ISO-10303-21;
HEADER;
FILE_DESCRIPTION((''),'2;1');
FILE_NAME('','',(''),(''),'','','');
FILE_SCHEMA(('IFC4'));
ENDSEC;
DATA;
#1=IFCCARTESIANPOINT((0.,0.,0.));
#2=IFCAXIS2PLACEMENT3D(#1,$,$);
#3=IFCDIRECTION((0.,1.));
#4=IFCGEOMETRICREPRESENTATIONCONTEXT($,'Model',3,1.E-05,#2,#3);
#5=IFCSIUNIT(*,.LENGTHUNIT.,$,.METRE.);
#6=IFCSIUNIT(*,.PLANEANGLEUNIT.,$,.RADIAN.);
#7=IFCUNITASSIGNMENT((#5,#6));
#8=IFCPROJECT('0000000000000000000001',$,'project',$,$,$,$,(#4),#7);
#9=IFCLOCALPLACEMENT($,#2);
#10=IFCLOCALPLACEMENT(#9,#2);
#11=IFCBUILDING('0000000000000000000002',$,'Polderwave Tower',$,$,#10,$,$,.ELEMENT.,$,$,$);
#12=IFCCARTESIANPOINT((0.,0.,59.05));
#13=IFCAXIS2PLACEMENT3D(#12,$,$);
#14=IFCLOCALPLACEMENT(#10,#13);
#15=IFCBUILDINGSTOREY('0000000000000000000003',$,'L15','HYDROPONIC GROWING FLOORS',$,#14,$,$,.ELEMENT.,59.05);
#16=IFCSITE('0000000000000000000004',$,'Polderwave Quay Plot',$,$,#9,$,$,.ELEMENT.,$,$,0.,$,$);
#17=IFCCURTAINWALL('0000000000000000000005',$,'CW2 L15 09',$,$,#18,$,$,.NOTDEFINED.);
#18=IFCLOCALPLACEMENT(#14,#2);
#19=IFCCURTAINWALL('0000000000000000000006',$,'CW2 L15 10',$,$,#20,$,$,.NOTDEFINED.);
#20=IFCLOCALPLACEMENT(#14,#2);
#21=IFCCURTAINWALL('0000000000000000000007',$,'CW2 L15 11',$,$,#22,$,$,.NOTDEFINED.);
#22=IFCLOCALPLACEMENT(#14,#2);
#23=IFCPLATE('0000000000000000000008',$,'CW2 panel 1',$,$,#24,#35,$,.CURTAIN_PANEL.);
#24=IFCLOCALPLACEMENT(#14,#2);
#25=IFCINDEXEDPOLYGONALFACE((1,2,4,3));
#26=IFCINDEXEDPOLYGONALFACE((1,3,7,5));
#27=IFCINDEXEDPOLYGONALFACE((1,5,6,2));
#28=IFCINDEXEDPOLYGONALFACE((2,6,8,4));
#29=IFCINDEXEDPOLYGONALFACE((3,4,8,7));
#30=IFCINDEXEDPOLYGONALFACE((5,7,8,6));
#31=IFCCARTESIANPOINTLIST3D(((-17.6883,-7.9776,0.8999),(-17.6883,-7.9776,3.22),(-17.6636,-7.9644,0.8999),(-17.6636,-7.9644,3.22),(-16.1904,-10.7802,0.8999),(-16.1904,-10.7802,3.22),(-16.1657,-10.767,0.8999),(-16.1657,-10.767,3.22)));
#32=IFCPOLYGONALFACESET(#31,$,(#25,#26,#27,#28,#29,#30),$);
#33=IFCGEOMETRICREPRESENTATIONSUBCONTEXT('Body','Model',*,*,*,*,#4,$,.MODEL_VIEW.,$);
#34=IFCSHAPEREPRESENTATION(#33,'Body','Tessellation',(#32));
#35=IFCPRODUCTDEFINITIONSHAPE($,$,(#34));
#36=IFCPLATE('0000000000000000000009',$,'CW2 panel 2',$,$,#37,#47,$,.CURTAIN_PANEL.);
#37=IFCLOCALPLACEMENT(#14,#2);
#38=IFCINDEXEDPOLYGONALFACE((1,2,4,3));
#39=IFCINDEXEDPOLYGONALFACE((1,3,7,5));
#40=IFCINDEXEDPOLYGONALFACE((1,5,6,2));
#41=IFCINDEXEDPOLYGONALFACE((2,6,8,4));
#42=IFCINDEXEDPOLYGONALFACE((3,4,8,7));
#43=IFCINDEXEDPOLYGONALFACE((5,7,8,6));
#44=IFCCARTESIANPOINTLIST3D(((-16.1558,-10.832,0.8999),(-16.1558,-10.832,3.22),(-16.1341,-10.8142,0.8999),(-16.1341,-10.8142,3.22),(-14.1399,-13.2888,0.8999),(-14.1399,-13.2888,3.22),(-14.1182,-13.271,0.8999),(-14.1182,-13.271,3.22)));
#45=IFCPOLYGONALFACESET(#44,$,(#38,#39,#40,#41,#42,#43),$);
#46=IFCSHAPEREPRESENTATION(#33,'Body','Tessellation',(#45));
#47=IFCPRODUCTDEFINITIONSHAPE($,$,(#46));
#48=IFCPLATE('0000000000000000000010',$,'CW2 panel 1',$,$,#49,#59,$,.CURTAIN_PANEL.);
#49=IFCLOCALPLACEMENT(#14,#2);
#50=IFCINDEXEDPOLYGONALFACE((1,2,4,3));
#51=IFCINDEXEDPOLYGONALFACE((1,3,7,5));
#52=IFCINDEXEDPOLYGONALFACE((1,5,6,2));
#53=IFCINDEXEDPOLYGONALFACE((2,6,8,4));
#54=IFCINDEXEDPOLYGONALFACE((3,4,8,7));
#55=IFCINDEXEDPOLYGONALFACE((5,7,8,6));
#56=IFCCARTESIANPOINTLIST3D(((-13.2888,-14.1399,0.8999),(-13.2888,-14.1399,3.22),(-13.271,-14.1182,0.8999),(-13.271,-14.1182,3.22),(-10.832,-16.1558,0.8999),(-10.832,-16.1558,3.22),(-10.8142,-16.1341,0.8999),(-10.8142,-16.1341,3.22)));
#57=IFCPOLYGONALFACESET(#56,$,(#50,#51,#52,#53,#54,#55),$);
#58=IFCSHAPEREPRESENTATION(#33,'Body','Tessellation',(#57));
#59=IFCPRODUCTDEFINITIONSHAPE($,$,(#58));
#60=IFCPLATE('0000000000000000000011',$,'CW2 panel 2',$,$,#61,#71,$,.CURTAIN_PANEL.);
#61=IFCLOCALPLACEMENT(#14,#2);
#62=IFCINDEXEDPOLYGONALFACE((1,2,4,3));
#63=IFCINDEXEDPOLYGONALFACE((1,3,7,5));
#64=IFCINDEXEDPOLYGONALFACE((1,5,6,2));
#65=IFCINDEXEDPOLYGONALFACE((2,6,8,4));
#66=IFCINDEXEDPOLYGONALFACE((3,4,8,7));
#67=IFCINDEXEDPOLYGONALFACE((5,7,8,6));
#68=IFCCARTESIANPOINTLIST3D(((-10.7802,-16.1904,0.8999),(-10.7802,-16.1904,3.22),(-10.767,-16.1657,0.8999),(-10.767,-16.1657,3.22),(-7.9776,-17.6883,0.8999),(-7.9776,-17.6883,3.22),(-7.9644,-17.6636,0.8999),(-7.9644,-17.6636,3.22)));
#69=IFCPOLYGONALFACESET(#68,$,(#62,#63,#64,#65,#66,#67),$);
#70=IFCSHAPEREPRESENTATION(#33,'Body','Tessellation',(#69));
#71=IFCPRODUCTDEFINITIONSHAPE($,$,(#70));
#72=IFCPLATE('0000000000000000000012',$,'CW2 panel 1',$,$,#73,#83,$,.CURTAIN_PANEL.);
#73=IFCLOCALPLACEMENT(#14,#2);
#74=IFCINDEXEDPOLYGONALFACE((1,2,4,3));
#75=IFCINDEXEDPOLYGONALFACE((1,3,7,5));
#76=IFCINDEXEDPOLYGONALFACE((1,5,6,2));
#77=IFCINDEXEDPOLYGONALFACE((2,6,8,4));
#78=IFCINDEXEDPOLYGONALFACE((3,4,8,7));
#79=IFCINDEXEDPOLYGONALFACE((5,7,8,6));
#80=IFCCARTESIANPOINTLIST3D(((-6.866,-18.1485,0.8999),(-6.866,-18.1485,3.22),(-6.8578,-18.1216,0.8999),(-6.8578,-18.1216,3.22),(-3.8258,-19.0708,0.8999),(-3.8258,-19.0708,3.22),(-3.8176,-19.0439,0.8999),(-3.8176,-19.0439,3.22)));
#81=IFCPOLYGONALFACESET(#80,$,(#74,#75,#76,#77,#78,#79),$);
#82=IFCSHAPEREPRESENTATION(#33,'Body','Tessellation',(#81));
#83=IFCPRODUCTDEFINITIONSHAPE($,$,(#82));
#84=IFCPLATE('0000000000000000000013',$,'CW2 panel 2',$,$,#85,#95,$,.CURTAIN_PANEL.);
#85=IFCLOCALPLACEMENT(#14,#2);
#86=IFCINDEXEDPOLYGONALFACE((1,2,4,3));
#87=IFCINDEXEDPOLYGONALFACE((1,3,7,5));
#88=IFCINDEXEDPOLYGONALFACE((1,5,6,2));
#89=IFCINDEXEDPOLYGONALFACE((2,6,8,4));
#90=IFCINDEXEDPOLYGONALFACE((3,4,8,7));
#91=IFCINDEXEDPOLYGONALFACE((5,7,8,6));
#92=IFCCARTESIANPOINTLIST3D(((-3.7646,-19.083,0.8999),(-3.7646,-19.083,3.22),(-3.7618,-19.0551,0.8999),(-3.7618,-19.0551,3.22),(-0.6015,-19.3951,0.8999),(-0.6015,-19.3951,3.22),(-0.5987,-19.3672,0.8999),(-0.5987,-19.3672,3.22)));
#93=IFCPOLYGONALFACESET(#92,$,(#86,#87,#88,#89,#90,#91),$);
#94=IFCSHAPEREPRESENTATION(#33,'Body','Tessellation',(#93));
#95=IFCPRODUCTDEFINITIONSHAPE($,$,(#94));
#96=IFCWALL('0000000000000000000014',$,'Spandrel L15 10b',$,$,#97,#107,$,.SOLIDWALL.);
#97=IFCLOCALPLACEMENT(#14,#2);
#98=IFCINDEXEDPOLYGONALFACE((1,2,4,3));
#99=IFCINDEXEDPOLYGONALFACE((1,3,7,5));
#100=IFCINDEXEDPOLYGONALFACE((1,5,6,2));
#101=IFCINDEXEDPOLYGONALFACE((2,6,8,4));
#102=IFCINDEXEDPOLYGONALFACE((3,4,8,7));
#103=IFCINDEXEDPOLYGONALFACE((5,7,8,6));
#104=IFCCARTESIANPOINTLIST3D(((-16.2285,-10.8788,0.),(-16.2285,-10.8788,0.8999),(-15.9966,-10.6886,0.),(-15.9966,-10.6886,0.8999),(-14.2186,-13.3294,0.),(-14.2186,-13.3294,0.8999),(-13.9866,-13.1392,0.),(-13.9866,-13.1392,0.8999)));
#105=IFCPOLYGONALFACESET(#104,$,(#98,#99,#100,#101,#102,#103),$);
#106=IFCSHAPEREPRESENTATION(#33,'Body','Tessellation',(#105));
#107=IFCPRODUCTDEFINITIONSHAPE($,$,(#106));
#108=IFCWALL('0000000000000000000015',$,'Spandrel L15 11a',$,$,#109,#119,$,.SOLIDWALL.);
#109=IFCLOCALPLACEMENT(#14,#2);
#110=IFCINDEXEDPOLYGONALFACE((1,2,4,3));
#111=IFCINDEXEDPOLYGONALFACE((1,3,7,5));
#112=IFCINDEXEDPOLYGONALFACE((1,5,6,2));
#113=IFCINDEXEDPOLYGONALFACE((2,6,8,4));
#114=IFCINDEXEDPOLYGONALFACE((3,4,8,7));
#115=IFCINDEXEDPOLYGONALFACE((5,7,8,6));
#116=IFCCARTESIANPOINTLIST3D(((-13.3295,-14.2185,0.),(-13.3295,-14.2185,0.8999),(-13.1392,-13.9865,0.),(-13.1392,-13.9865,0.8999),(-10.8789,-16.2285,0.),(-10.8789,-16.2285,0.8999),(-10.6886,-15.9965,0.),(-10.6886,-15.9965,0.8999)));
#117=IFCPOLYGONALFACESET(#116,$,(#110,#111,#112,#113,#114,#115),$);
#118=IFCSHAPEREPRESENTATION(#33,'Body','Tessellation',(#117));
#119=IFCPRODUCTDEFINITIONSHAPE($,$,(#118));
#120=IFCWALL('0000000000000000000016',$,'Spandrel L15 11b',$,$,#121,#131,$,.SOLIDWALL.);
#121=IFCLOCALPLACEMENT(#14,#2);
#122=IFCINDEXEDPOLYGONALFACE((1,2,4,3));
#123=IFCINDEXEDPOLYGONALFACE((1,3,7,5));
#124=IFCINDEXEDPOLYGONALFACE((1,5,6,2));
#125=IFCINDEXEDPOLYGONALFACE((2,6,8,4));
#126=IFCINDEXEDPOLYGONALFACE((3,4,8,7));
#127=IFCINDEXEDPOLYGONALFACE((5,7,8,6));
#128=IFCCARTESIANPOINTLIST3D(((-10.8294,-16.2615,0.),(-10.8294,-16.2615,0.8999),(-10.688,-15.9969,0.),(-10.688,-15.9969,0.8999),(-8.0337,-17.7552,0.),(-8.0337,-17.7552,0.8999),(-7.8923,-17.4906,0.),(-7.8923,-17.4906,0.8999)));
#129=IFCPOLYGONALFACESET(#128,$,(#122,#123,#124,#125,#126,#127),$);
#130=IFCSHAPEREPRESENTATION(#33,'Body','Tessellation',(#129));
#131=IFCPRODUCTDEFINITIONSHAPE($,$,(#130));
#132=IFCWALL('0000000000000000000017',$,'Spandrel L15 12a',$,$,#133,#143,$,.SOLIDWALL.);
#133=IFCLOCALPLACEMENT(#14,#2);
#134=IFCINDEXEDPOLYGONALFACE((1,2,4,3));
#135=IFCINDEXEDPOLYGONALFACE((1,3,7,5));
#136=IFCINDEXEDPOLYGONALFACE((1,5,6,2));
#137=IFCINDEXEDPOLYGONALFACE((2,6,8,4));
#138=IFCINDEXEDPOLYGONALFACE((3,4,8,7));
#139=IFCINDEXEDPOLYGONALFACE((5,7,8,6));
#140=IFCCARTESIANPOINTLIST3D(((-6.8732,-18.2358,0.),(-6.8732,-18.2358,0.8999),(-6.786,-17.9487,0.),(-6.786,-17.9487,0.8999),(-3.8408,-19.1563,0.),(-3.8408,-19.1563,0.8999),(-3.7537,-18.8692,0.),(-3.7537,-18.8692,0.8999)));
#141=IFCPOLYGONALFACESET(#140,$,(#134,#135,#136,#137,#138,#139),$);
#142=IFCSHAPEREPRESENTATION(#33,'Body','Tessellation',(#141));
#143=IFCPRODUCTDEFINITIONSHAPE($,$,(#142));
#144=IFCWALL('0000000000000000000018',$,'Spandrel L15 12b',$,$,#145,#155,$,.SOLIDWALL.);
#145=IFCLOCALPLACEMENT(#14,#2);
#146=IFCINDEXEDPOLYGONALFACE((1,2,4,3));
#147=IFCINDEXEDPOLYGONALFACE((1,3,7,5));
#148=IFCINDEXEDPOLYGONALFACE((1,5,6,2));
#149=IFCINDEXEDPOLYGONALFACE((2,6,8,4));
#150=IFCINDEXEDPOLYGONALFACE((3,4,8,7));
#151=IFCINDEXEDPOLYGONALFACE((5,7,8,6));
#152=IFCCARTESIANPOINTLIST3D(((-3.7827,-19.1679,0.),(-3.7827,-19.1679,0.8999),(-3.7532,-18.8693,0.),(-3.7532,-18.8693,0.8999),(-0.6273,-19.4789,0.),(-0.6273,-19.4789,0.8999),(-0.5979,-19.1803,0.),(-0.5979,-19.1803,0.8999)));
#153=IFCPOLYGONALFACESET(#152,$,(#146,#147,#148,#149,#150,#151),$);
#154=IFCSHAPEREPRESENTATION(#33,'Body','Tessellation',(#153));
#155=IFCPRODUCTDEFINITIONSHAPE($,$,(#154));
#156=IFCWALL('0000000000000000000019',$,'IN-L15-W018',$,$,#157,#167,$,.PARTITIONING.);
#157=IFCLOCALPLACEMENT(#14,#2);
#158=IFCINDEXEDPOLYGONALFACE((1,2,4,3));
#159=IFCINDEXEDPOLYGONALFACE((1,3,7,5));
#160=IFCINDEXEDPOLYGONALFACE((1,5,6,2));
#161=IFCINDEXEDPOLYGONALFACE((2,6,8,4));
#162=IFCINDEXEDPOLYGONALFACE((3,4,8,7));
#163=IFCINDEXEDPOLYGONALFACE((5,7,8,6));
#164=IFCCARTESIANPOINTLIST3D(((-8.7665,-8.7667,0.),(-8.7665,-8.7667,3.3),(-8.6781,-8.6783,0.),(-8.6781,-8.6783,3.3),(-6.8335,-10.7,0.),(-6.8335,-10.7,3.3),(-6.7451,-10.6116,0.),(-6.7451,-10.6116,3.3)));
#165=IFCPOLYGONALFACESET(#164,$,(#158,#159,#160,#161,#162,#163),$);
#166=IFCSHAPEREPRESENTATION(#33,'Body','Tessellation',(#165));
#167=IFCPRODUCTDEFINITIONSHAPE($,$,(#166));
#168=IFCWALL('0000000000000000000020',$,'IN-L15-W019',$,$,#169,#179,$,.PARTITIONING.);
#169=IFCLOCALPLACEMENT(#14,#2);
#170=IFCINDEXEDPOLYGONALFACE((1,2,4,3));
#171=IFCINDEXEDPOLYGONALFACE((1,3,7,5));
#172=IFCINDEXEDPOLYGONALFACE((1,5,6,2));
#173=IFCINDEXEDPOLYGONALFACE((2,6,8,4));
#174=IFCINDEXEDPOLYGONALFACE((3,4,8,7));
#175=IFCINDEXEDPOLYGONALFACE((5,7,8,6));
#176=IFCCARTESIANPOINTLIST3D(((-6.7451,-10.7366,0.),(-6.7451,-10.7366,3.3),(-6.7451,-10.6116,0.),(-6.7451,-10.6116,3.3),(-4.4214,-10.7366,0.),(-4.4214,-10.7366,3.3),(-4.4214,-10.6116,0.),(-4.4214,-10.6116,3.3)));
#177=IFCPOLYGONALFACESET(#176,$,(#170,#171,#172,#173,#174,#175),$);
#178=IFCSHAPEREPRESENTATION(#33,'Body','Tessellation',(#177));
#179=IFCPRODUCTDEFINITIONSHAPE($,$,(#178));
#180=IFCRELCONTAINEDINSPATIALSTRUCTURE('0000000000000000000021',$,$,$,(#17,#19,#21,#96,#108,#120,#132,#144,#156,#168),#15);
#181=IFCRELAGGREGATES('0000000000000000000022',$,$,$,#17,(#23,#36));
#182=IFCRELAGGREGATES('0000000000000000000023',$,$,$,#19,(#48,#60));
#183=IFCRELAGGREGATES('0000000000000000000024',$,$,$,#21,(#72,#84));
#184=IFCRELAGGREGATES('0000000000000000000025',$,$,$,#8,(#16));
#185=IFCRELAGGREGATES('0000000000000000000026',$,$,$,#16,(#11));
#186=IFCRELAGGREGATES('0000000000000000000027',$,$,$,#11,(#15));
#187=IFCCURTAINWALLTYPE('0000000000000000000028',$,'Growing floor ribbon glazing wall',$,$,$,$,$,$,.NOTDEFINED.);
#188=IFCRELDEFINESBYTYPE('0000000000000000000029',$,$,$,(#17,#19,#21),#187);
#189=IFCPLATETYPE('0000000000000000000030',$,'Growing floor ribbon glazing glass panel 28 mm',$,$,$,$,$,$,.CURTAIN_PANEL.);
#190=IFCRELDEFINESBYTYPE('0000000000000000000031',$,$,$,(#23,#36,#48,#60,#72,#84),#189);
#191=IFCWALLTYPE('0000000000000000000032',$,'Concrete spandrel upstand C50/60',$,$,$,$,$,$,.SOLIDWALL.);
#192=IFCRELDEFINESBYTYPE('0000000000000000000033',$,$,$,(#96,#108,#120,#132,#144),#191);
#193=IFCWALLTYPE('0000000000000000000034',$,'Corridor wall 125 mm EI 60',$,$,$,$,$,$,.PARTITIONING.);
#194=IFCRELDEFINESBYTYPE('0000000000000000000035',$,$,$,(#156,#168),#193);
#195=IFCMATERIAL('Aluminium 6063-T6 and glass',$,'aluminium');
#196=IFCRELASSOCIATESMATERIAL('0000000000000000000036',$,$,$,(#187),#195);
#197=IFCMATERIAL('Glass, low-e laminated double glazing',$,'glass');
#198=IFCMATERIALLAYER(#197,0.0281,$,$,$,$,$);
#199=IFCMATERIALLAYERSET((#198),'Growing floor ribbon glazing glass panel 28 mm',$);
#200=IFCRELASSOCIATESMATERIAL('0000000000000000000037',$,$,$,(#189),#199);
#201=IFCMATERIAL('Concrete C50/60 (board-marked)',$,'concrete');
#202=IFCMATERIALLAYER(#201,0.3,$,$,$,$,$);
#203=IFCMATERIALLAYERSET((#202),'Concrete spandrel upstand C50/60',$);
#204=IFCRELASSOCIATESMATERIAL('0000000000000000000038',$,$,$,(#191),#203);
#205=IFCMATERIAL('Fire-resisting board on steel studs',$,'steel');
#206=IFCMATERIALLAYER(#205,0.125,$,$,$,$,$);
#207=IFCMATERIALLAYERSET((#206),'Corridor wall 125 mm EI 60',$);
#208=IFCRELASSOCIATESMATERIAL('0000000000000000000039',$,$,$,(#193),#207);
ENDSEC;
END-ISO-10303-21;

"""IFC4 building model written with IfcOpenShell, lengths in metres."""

from ifc_helpers import new_model, si_unit, direction, frame, frame_2d, origin, origin_2d, place, context, subcontext, project, spatial, rectangle, extrude, material, layer, layer_set, type_object, element, aggregate, save


model = new_model("IFC4")

# Units and contexts
model_context = context("Model", 3, precision=1e-05, world=origin(), true_north=direction((0.0, 1.0)))
body_context = subcontext(model_context, "Body", "Model", "MODEL_VIEW")
ifc_project = project(units=[si_unit("LENGTHUNIT", "METRE"), si_unit("PLANEANGLEUNIT", "RADIAN")], contexts=[model_context])

# Site, building, storey
site_placement = place(None, origin())
site = spatial("IfcSite", under=ifc_project, at=site_placement, Name="Polderwave Quay Plot", CompositionType="ELEMENT", RefElevation=0.0)
building_placement = place(site_placement, origin())
building = spatial("IfcBuilding", under=site, at=building_placement, Name="Polderwave Tower", CompositionType="ELEMENT")
storey_placement = place(building_placement, frame((0.0, 0.0, 59.05)))
storey = spatial("IfcBuildingStorey", under=building, at=storey_placement, Name="L15", Description="HYDROPONIC GROWING FLOORS", CompositionType="ELEMENT", Elevation=59.05)

# Curtain walls
ifc_material_1 = material(Name="Aluminium 6063-T6 and glass", Category="aluminium")
curtain_wall_type = type_object("IfcCurtainWallType", Name="Growing floor ribbon glazing wall", PredefinedType="NOTDEFINED", material=ifc_material_1)
curtain_wall_1_placement = place(storey_placement, origin())
curtain_wall_1 = element("IfcCurtainWall", 1, at=curtain_wall_1_placement, inside=storey, type_object=curtain_wall_type, Name="CW2 L15 09", PredefinedType="NOTDEFINED")
curtain_wall_2_placement = place(storey_placement, origin())
curtain_wall_2 = element("IfcCurtainWall", 2, at=curtain_wall_2_placement, inside=storey, type_object=curtain_wall_type, Name="CW2 L15 10", PredefinedType="NOTDEFINED")
curtain_wall_3_placement = place(storey_placement, origin())
curtain_wall_3 = element("IfcCurtainWall", 3, at=curtain_wall_3_placement, inside=storey, type_object=curtain_wall_type, Name="CW2 L15 11", PredefinedType="NOTDEFINED")

# Plates
ifc_material_2 = material(Name="Glass, low-e laminated double glazing", Category="glass")
ifc_layer_1 = layer(ifc_material_2, 0.0281)
ifc_layer_set_1 = layer_set([ifc_layer_1], Name="Growing floor ribbon glazing glass panel 28 mm")
plate_type = type_object("IfcPlateType", Name="Growing floor ribbon glazing glass panel 28 mm", PredefinedType="CURTAIN_PANEL", material=ifc_layer_set_1)
plate_1_placement = place(storey_placement, frame((-16.927, -9.3723, 0.8999), z_axis=(0.0, 0.0, 1.0), x_axis=(0.471364, -0.881939, 0.0)))
plate_1 = element("IfcPlate", 4, at=plate_1_placement, type_object=plate_type, Name="CW2 panel 1", PredefinedType="CURTAIN_PANEL", context=body_context, shape_type="SweptSolid", body=[
    extrude(rectangle(XDim=3.1777, YDim=0.0281, at=origin_2d()), origin(), (0.0, 0.0, 1.0), 2.3201),
])
plate_2_placement = place(storey_placement, frame((-15.137, -12.0515, 0.8999), z_axis=(0.0, 0.0, 1.0), x_axis=(0.634341, -0.773054, 0.0)))
plate_2 = element("IfcPlate", 5, at=plate_2_placement, type_object=plate_type, Name="CW2 panel 2", PredefinedType="CURTAIN_PANEL", context=body_context, shape_type="SweptSolid", body=[
    extrude(rectangle(XDim=3.178, YDim=0.0281, at=origin_2d()), origin(), (0.0, 0.0, 1.0), 2.3201),
])
aggregate(curtain_wall_1, [plate_1, plate_2])
plate_3_placement = place(storey_placement, frame((-12.0515, -15.137, 0.8999), z_axis=(0.0, 0.0, 1.0), x_axis=(0.773054, -0.634341, 0.0)))
plate_3 = element("IfcPlate", 6, at=plate_3_placement, type_object=plate_type, Name="CW2 panel 1", PredefinedType="CURTAIN_PANEL", context=body_context, shape_type="SweptSolid", body=[
    extrude(rectangle(XDim=3.178, YDim=0.0281, at=origin_2d()), origin(), (0.0, 0.0, 1.0), 2.3201),
])
plate_4_placement = place(storey_placement, frame((-9.3723, -16.927, 0.8999), z_axis=(0.0, 0.0, 1.0), x_axis=(0.881939, -0.471364, 0.0)))
plate_4 = element("IfcPlate", 7, at=plate_4_placement, type_object=plate_type, Name="CW2 panel 2", PredefinedType="CURTAIN_PANEL", context=body_context, shape_type="SweptSolid", body=[
    extrude(rectangle(XDim=3.1777, YDim=0.0281, at=origin_2d()), origin(), (0.0, 0.0, 1.0), 2.3201),
])
aggregate(curtain_wall_2, [plate_3, plate_4])
plate_5_placement = place(storey_placement, frame((-5.3418, -18.5962, 0.8999), z_axis=(0.0, 0.0, 1.0), x_axis=(0.956938, -0.290293, 0.0)))
plate_5 = element("IfcPlate", 8, at=plate_5_placement, type_object=plate_type, Name="CW2 panel 1", PredefinedType="CURTAIN_PANEL", context=body_context, shape_type="SweptSolid", body=[
    extrude(rectangle(XDim=3.177, YDim=0.0281, at=origin_2d()), origin(), (0.0, 0.0, 1.0), 2.3201),
])
plate_6_placement = place(storey_placement, frame((-2.1816, -19.2251, 0.8999), z_axis=(0.0, 0.0, 1.0), x_axis=(0.995169, -0.098177, 0.0)))
plate_6 = element("IfcPlate", 9, at=plate_6_placement, type_object=plate_type, Name="CW2 panel 2", PredefinedType="CURTAIN_PANEL", context=body_context, shape_type="SweptSolid", body=[
    extrude(rectangle(XDim=3.1785, YDim=0.0281, at=origin_2d()), origin(), (0.0, 0.0, 1.0), 2.3201),
])
aggregate(curtain_wall_3, [plate_5, plate_6])

# Walls
ifc_material_3 = material(Name="Concrete C50/60 (board-marked)", Category="concrete")
ifc_layer_2 = layer(ifc_material_3, 0.3)
ifc_layer_set_2 = layer_set([ifc_layer_2], Name="Concrete spandrel upstand C50/60")
wall_type_1 = type_object("IfcWallType", Name="Concrete spandrel upstand C50/60", PredefinedType="SOLIDWALL", material=ifc_layer_set_2)
for number, where, z_axis, x_axis, name in (
    (10, (-16.1125, -10.7837, 0.0), (0.0, 0.0, 1.0), (0.634164, -0.773198, 0.0), "Spandrel L15 10b"),
    (11, (-13.2344, -14.1025, 0.0), (0.0, 0.0, 1.0), (0.773198, -0.634164, 0.0), "Spandrel L15 11a"),
):
    element("IfcWall", number, at=place(storey_placement, frame(where, z_axis=z_axis, x_axis=x_axis)), inside=storey, type_object=wall_type_1, Name=name, PredefinedType="SOLIDWALL", context=body_context, shape_type="SweptSolid", body=[
        extrude(rectangle(XDim=3.1694, YDim=0.3, at=frame_2d((1.5847, 0.0))), origin(), (0.0, 0.0, 1.0), 0.8999),
    ])
wall_1_placement = place(storey_placement, frame((-10.7588, -16.1292, 0.0), z_axis=(0.0, 0.0, 1.0), x_axis=(0.882007, -0.471236, 0.0)))
element("IfcWall", 12, at=wall_1_placement, inside=storey, type_object=wall_type_1, Name="Spandrel L15 11b", PredefinedType="SOLIDWALL", context=body_context, shape_type="SweptSolid", body=[
    extrude(rectangle(XDim=3.1697, YDim=0.3, at=frame_2d((1.585, 0.0))), origin(), (0.0, 0.0, 1.0), 0.8999),
])
wall_2_placement = place(storey_placement, frame((-6.8296, -18.0923, 0.0), z_axis=(0.0, 0.0, 1.0), x_axis=(0.956888, -0.290456, 0.0)))
element("IfcWall", 13, at=wall_2_placement, inside=storey, type_object=wall_type_1, Name="Spandrel L15 12a", PredefinedType="SOLIDWALL", context=body_context, shape_type="SweptSolid", body=[
    extrude(rectangle(XDim=3.1689, YDim=0.3, at=frame_2d((1.5845, 0.0))), origin(), (0.0, 0.0, 1.0), 0.8999),
])
wall_3_placement = place(storey_placement, frame((-3.7681, -19.0186, 0.0), z_axis=(0.0, 0.0, 1.0), x_axis=(0.995176, -0.098101, 0.0)))
element("IfcWall", 14, at=wall_3_placement, inside=storey, type_object=wall_type_1, Name="Spandrel L15 12b", PredefinedType="SOLIDWALL", context=body_context, shape_type="SweptSolid", body=[
    extrude(rectangle(XDim=3.1707, YDim=0.3, at=frame_2d((1.5854, 0.0))), origin(), (0.0, 0.0, 1.0), 0.8999),
])
ifc_material_4 = material(Name="Fire-resisting board on steel studs", Category="steel")
ifc_layer_3 = layer(ifc_material_4, 0.125)
ifc_layer_set_3 = layer_set([ifc_layer_3], Name="Corridor wall 125 mm EI 60")
wall_type_2 = type_object("IfcWallType", Name="Corridor wall 125 mm EI 60", PredefinedType="PARTITIONING", material=ifc_layer_set_3)
wall_4_placement = place(storey_placement, frame((-6.7893, -10.6558, 0.0), z_axis=(0.0, 0.0, 1.0), x_axis=(-0.707062, 0.707151, 0.0)))
element("IfcWall", 15, at=wall_4_placement, inside=storey, type_object=wall_type_2, Name="IN-L15-W018", PredefinedType="PARTITIONING", context=body_context, shape_type="SweptSolid", body=[
    extrude(rectangle(XDim=2.7339, YDim=0.125, at=frame_2d((1.3669, 0.0))), origin(), (0.0, 0.0, 1.0), 3.3),
])
wall_5_placement = place(storey_placement, frame((-4.4214, -10.6741, 0.0), z_axis=(0.0, 0.0, 1.0), x_axis=(-1.0, 0.0, 0.0)))
element("IfcWall", 16, at=wall_5_placement, inside=storey, type_object=wall_type_2, Name="IN-L15-W019", PredefinedType="PARTITIONING", context=body_context, shape_type="SweptSolid", body=[
    extrude(rectangle(XDim=2.3237, YDim=0.125, at=frame_2d((1.1619, 0.0))), origin(), (0.0, 0.0, 1.0), 3.3),
])

save(model, "model.ifc")
